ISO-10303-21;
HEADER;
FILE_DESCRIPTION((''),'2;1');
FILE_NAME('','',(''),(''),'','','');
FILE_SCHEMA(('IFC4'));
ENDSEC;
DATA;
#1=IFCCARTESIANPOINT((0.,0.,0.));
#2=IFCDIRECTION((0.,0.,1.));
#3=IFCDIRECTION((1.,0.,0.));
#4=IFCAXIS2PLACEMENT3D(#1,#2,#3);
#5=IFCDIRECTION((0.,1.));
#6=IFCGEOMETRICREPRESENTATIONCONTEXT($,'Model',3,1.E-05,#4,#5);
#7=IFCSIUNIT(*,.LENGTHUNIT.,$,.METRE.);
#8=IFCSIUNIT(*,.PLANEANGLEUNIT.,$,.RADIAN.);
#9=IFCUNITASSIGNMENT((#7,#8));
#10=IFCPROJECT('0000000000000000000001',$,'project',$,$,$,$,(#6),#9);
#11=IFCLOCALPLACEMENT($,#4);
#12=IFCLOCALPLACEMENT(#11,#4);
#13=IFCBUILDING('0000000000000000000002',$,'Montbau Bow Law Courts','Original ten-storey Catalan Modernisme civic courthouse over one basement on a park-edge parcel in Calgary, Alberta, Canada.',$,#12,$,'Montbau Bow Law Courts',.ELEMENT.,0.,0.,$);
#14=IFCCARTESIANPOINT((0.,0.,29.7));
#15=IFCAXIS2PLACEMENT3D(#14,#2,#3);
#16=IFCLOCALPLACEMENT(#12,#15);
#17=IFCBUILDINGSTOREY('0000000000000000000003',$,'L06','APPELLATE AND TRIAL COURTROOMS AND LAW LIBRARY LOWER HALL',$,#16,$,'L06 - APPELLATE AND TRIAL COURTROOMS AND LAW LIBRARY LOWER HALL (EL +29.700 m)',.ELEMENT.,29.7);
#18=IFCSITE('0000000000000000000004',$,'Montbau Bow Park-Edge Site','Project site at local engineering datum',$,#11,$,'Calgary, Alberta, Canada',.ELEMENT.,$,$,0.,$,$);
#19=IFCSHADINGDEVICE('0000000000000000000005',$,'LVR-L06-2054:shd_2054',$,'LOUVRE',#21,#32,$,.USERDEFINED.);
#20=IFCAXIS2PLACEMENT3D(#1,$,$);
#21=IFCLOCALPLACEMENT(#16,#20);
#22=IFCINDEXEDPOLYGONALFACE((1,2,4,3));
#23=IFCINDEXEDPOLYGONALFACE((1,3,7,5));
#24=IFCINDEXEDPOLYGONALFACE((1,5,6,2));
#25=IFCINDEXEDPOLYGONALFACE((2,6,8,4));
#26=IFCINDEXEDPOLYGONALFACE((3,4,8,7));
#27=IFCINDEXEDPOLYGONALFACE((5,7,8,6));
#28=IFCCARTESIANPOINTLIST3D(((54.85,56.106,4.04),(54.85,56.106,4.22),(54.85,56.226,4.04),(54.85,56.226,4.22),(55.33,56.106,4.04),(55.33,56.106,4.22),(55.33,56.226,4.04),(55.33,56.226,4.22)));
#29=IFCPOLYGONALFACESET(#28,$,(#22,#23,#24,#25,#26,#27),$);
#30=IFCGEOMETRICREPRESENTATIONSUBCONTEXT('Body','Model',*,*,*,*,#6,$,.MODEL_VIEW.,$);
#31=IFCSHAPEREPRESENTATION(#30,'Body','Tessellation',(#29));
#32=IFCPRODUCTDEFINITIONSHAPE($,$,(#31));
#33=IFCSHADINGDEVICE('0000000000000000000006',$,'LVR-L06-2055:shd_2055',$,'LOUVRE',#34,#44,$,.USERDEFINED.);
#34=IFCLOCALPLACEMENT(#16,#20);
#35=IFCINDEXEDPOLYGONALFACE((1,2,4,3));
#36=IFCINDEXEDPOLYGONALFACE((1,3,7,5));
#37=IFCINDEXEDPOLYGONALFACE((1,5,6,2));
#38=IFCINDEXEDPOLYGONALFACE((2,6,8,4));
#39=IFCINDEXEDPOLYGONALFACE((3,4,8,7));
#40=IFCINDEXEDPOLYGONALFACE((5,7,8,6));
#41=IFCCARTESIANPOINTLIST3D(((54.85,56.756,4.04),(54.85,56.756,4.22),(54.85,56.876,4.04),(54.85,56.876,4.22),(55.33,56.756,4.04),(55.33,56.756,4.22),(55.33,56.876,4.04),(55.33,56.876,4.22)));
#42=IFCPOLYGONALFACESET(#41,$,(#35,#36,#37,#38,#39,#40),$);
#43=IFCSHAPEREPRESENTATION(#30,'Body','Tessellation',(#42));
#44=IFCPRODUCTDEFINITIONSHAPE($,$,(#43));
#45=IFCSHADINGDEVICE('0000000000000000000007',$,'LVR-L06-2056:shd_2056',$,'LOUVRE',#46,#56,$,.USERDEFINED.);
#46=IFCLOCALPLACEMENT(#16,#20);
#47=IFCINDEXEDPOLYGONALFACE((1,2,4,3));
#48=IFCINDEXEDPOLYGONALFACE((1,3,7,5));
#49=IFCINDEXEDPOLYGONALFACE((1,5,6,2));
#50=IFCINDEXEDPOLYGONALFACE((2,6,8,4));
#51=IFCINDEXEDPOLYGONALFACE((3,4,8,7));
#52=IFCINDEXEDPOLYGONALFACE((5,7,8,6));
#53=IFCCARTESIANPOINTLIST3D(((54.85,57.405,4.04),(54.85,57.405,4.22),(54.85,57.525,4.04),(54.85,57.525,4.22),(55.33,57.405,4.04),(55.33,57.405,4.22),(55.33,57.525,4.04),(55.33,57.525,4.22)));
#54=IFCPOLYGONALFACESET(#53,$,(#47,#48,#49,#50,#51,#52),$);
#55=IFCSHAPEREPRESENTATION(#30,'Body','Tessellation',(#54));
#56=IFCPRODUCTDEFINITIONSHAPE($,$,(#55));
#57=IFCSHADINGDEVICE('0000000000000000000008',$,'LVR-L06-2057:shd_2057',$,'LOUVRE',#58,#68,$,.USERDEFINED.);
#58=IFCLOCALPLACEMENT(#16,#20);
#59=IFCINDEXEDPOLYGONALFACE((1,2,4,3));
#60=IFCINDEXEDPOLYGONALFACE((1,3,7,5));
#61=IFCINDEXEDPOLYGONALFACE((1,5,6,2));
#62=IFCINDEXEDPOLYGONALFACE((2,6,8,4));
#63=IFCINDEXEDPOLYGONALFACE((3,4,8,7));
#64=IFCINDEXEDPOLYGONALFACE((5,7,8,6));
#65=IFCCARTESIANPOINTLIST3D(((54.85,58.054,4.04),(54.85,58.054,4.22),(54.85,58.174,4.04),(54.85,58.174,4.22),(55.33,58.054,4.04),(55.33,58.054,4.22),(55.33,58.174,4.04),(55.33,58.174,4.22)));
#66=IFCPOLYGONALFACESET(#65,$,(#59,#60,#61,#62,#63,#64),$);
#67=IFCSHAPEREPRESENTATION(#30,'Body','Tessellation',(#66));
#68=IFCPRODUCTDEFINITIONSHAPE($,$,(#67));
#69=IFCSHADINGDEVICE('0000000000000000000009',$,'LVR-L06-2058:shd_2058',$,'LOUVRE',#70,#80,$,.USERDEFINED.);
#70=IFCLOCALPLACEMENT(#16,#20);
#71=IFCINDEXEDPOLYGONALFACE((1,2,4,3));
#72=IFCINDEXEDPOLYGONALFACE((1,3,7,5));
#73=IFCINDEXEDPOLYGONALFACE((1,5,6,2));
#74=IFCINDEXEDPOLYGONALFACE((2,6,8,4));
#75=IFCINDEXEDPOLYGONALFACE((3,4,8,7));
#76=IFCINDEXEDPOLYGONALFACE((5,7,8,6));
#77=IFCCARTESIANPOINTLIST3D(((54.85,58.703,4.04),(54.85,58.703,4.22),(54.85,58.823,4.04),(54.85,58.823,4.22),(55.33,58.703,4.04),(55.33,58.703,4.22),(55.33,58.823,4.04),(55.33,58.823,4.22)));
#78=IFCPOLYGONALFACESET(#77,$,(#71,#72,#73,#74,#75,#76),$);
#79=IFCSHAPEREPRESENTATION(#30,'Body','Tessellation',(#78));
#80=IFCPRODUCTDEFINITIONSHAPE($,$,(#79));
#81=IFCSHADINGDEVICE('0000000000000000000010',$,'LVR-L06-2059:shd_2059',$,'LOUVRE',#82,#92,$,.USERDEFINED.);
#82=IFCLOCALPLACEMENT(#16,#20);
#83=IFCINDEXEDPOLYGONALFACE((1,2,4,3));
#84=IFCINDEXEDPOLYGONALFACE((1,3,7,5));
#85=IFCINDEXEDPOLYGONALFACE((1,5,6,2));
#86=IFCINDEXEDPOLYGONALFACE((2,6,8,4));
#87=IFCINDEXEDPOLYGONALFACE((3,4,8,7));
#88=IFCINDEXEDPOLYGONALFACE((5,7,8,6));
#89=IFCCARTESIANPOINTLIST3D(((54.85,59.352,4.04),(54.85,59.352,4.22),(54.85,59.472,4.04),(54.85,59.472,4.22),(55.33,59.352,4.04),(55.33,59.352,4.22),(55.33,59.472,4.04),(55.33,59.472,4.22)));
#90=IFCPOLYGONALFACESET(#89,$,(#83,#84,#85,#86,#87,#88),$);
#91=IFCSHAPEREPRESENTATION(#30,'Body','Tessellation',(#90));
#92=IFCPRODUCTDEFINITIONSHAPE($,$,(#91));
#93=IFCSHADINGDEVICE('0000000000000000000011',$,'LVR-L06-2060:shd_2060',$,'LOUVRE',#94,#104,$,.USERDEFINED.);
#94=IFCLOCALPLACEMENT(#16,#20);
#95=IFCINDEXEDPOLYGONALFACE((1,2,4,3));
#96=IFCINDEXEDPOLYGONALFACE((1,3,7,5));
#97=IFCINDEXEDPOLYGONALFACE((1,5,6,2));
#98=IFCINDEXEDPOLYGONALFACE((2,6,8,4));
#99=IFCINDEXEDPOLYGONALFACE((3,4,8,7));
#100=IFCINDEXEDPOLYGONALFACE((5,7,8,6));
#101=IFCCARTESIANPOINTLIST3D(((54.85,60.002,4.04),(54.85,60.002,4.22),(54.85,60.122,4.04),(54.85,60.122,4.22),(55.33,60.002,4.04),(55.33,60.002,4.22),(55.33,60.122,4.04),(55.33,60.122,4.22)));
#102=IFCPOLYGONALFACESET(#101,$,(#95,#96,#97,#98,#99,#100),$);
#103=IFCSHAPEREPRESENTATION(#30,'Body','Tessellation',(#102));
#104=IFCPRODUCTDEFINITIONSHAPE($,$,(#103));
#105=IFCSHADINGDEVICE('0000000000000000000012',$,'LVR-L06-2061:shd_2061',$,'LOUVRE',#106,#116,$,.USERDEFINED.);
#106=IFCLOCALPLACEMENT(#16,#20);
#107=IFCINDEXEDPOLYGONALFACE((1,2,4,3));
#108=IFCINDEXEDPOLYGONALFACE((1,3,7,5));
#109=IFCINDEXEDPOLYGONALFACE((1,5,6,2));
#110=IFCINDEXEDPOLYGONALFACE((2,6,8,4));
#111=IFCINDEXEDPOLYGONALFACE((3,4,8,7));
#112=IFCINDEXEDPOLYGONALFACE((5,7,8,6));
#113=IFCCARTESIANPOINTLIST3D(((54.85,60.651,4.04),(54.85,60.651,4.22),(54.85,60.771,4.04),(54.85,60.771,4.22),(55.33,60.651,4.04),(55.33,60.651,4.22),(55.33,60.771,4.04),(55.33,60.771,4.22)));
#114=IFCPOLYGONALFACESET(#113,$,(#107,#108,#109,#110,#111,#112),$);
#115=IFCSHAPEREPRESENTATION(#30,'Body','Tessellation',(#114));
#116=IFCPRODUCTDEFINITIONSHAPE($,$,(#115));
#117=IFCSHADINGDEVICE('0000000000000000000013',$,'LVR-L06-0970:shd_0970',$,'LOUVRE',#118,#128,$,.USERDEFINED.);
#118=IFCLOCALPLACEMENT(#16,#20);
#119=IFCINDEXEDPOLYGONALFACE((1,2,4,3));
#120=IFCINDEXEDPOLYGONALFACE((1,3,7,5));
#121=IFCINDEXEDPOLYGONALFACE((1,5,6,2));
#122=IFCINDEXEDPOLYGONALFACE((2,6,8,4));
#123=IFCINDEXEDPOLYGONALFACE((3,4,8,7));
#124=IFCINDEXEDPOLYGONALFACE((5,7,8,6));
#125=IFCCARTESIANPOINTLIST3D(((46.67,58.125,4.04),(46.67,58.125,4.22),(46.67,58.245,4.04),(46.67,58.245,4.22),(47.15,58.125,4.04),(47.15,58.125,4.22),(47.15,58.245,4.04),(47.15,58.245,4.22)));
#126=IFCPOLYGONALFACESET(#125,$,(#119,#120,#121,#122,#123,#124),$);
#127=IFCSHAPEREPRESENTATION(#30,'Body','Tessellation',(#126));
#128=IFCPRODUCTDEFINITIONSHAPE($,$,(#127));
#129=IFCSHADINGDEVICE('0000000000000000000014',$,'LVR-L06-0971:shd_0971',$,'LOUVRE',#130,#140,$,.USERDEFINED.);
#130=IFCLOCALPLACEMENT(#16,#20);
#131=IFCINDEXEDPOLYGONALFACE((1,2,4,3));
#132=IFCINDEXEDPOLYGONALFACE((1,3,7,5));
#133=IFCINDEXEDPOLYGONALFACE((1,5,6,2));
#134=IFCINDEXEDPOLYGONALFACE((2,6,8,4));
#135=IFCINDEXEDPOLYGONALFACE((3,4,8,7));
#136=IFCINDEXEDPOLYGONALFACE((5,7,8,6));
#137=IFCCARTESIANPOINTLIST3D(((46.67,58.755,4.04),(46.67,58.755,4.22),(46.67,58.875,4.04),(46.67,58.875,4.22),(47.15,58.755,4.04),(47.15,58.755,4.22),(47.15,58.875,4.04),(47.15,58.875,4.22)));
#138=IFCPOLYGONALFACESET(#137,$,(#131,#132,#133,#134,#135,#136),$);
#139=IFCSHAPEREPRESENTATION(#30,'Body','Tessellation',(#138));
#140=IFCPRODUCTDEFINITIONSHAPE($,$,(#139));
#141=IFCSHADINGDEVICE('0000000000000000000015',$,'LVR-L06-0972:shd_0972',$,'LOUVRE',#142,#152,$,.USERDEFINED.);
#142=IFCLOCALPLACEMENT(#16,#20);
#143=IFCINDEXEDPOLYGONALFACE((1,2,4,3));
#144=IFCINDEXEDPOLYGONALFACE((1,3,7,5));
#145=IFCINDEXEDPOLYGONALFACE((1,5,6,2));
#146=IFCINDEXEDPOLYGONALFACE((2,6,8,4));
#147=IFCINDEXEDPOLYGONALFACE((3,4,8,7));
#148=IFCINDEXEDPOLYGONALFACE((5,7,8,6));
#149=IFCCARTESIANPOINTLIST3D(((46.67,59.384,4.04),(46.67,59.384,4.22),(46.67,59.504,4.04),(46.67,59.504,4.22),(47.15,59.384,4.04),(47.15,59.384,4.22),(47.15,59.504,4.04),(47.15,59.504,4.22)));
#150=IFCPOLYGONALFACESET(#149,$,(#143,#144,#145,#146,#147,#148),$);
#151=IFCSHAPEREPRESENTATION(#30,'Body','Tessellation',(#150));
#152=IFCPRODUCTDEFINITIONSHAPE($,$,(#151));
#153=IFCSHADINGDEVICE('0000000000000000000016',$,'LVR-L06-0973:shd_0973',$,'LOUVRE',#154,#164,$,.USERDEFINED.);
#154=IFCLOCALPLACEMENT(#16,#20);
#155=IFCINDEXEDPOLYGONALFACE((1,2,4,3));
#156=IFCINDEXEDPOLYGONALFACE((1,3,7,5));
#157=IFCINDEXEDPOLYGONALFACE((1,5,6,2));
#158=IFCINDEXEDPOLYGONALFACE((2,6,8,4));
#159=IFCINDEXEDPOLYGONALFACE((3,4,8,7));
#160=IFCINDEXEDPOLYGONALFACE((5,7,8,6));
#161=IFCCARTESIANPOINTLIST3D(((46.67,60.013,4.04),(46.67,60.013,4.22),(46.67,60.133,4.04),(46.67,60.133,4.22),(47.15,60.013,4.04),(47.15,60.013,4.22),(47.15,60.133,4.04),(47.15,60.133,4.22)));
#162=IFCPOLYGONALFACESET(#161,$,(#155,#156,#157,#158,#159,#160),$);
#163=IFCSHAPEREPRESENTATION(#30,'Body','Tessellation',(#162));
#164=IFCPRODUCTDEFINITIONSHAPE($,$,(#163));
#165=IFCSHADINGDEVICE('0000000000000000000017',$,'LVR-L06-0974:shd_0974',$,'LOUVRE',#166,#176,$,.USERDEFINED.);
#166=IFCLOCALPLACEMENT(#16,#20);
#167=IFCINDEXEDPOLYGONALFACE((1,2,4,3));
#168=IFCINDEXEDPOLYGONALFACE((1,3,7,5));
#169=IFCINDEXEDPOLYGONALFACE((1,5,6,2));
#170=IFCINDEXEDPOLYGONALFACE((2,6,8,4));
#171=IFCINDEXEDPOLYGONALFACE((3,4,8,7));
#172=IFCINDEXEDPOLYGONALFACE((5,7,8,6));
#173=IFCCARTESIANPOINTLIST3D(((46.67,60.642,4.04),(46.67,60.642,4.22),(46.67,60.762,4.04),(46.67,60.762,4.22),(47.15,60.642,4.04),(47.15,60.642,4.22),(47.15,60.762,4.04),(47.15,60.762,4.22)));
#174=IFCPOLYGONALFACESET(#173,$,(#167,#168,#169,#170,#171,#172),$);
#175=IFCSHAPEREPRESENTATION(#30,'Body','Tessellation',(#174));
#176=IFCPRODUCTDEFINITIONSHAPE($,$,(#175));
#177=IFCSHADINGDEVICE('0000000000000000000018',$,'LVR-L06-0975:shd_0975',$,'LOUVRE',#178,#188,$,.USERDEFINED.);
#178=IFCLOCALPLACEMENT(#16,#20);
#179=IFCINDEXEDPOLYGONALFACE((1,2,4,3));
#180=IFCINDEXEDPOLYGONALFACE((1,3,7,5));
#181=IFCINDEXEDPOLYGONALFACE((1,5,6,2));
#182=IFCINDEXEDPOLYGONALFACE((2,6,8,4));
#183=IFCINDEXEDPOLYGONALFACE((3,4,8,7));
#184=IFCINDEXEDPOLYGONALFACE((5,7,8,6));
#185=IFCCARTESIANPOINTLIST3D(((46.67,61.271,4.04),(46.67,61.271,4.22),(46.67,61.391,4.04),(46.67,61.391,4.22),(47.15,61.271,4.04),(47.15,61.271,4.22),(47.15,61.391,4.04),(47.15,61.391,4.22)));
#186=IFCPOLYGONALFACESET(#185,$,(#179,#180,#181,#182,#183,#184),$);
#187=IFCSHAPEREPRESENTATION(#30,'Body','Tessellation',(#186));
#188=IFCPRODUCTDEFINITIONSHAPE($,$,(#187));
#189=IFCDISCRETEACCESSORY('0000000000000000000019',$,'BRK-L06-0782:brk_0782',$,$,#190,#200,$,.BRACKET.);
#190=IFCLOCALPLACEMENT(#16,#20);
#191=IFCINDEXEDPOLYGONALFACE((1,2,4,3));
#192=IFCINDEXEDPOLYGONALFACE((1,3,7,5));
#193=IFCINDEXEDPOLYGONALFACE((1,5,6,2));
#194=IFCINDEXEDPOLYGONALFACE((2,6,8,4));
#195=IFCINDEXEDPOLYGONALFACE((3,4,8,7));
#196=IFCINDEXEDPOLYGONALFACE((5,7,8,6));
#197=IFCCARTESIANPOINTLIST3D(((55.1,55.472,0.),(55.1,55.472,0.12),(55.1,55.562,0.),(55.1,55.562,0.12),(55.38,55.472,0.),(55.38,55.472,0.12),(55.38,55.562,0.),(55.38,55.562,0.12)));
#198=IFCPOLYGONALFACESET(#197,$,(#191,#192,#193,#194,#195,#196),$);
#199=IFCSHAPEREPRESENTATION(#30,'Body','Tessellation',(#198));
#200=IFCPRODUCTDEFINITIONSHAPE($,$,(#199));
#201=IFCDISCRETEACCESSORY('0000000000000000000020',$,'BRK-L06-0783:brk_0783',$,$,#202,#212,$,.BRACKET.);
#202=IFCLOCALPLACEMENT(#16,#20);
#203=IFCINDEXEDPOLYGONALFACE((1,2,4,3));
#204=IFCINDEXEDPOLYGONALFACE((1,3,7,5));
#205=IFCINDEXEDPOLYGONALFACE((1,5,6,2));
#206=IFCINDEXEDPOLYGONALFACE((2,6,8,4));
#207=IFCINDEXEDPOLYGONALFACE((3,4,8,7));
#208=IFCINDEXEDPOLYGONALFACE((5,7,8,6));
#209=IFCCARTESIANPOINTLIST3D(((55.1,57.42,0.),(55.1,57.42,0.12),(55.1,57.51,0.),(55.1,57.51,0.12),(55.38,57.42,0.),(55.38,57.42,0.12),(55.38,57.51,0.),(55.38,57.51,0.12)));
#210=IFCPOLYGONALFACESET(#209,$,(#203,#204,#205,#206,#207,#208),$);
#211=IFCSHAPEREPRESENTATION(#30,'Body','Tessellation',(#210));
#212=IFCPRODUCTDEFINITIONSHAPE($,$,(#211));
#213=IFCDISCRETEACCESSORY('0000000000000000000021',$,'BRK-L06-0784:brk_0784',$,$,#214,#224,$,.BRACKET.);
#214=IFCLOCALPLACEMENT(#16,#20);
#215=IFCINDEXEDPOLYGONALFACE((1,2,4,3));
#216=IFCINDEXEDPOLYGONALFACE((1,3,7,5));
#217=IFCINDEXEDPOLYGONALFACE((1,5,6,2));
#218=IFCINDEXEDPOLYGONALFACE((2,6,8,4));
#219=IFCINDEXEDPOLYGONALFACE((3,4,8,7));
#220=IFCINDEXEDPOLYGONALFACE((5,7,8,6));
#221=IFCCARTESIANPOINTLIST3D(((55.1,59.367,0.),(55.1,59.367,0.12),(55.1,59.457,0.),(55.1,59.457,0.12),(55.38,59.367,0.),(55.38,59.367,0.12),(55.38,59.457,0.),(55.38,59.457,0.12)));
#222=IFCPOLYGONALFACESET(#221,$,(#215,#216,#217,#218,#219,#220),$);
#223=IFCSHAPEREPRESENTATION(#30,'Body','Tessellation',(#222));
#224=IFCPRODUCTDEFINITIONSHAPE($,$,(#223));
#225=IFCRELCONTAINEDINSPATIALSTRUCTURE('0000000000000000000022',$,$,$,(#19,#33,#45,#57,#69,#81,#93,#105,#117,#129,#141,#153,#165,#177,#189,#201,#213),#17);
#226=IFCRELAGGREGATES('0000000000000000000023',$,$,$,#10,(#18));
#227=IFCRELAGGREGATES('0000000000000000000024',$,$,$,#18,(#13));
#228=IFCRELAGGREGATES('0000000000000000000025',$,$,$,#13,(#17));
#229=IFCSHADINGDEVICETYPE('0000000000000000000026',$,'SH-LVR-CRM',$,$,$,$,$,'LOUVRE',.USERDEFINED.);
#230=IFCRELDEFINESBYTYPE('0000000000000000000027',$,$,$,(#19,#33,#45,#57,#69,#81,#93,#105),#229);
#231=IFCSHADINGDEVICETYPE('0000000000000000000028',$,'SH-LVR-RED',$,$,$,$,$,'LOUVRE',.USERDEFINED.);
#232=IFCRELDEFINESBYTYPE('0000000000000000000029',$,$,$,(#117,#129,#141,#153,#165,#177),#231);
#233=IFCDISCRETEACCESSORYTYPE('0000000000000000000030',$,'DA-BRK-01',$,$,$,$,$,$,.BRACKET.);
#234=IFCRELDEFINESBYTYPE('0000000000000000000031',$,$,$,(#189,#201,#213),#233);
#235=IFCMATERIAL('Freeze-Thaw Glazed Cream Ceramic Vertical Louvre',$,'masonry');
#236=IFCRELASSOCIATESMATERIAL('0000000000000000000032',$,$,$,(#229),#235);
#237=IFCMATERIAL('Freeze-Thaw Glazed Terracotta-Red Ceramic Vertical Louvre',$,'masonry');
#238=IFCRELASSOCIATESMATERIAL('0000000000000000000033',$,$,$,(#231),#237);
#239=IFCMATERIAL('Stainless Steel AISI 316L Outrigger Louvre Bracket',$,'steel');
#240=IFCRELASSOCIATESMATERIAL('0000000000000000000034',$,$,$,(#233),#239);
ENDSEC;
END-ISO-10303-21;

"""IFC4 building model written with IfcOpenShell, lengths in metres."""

from ifc_helpers import new_model, si_unit, direction, frame, origin_with_axes, origin_2d_with_axis, place, context, subcontext, project, spatial, rectangle, extrude, material, type_object, element, save


model = new_model("IFC4")

# Units and contexts
model_context = context("Model", 3, precision=1e-05, world=origin_with_axes(), true_north=direction((0.0, 1.0)))
body_context = subcontext(model_context, "Body", "Model", "MODEL_VIEW")
ifc_project = project(units=[si_unit("LENGTHUNIT", "METRE"), si_unit("PLANEANGLEUNIT", "RADIAN")], contexts=[model_context])

# Site, building, storey
site_placement = place(None, origin_with_axes())
site = spatial("IfcSite", under=ifc_project, at=site_placement, Name="Montbau Bow Park-Edge Site", Description="Project site at local engineering datum", LongName="Calgary, Alberta, Canada", CompositionType="ELEMENT", RefElevation=0.0)
building_placement = place(site_placement, origin_with_axes())
building = spatial("IfcBuilding", under=site, at=building_placement, Name="Montbau Bow Law Courts", Description="Original ten-storey Catalan Modernisme civic courthouse over one basement on a park-edge parcel in Calgary, Alberta, Canada.", LongName="Montbau Bow Law Courts", CompositionType="ELEMENT", ElevationOfRefHeight=0.0, ElevationOfTerrain=0.0)
storey_placement = place(building_placement, frame((0.0, 0.0, 29.7), z_axis=(0.0, 0.0, 1.0), x_axis=(1.0, 0.0, 0.0)))
storey = spatial("IfcBuildingStorey", under=building, at=storey_placement, Name="L06", Description="APPELLATE AND TRIAL COURTROOMS AND LAW LIBRARY LOWER HALL", LongName="L06 - APPELLATE AND TRIAL COURTROOMS AND LAW LIBRARY LOWER HALL (EL +29.700 m)", CompositionType="ELEMENT", Elevation=29.7)

# Shading devices
ifc_material_1 = material(Name="Freeze-Thaw Glazed Cream Ceramic Vertical Louvre", Category="masonry")
shading_device_type_1 = type_object("IfcShadingDeviceType", Name="SH-LVR-CRM", ElementType="LOUVRE", PredefinedType="USERDEFINED", material=ifc_material_1)
for number, where, z_axis, x_axis, name in (
    (1, (55.09, 56.166, 33.74), (0.0, 0.0, 1.0), (-1.0, 0.0, 0.0), "LVR-L06-2054:shd_2054"),
    (2, (55.09, 56.816, 33.74), (0.0, 0.0, 1.0), (-1.0, 0.0, 0.0), "LVR-L06-2055:shd_2055"),
    (3, (55.09, 57.465, 33.74), (0.0, 0.0, 1.0), (-1.0, 0.0, 0.0), "LVR-L06-2056:shd_2056"),
    (4, (55.09, 58.114, 33.74), (0.0, 0.0, 1.0), (-1.0, 0.0, 0.0), "LVR-L06-2057:shd_2057"),
    (5, (55.09, 58.763, 33.74), (0.0, 0.0, 1.0), (-1.0, 0.0, 0.0), "LVR-L06-2058:shd_2058"),
    (6, (55.09, 59.412, 33.74), (0.0, 0.0, 1.0), (-1.0, 0.0, 0.0), "LVR-L06-2059:shd_2059"),
    (7, (55.09, 60.062, 33.74), (0.0, 0.0, 1.0), (-1.0, 0.0, 0.0), "LVR-L06-2060:shd_2060"),
    (8, (55.09, 60.711, 33.74), (0.0, 0.0, 1.0), (-1.0, 0.0, 0.0), "LVR-L06-2061:shd_2061"),
):
    element("IfcShadingDevice", number, at=place(None, frame(where, z_axis=z_axis, x_axis=x_axis)), inside=storey, type_object=shading_device_type_1, Name=name, ObjectType="LOUVRE", PredefinedType="USERDEFINED", context=body_context, shape_type="SweptSolid", body=[
        extrude(rectangle(XDim=0.48, YDim=0.12, at=origin_2d_with_axis()), origin_with_axes(), (0.0, 0.0, 1.0), 0.18),
    ])
ifc_material_2 = material(Name="Freeze-Thaw Glazed Terracotta-Red Ceramic Vertical Louvre", Category="masonry")
shading_device_type_2 = type_object("IfcShadingDeviceType", Name="SH-LVR-RED", ElementType="LOUVRE", PredefinedType="USERDEFINED", material=ifc_material_2)
for number, where, z_axis, x_axis, name in (
    (9, (46.91, 58.185, 33.74), (0.0, 0.0, 1.0), (1.0, 0.0, 0.0), "LVR-L06-0970:shd_0970"),
    (10, (46.91, 58.815, 33.74), (0.0, 0.0, 1.0), (1.0, 0.0, 0.0), "LVR-L06-0971:shd_0971"),
    (11, (46.91, 59.444, 33.74), (0.0, 0.0, 1.0), (1.0, 0.0, 0.0), "LVR-L06-0972:shd_0972"),
    (12, (46.91, 60.073, 33.74), (0.0, 0.0, 1.0), (1.0, 0.0, 0.0), "LVR-L06-0973:shd_0973"),
    (13, (46.91, 60.702, 33.74), (0.0, 0.0, 1.0), (1.0, 0.0, 0.0), "LVR-L06-0974:shd_0974"),
    (14, (46.91, 61.331, 33.74), (0.0, 0.0, 1.0), (1.0, 0.0, 0.0), "LVR-L06-0975:shd_0975"),
):
    element("IfcShadingDevice", number, at=place(None, frame(where, z_axis=z_axis, x_axis=x_axis)), inside=storey, type_object=shading_device_type_2, Name=name, ObjectType="LOUVRE", PredefinedType="USERDEFINED", context=body_context, shape_type="SweptSolid", body=[
        extrude(rectangle(XDim=0.48, YDim=0.12, at=origin_2d_with_axis()), origin_with_axes(), (0.0, 0.0, 1.0), 0.18),
    ])

# Discrete accessories
ifc_material_3 = material(Name="Stainless Steel AISI 316L Outrigger Louvre Bracket", Category="steel")
discrete_accessory_type = type_object("IfcDiscreteAccessoryType", Name="DA-BRK-01", PredefinedType="BRACKET", material=ifc_material_3)
for number, where, z_axis, x_axis, name in (
    (15, (55.24, 55.517, 29.7), (0.0, 0.0, 1.0), (-1.0, 0.0, 0.0), "BRK-L06-0782:brk_0782"),
    (16, (55.24, 57.465, 29.7), (0.0, 0.0, 1.0), (-1.0, 0.0, 0.0), "BRK-L06-0783:brk_0783"),
    (17, (55.24, 59.412, 29.7), (0.0, 0.0, 1.0), (-1.0, 0.0, 0.0), "BRK-L06-0784:brk_0784"),
):
    element("IfcDiscreteAccessory", number, at=place(None, frame(where, z_axis=z_axis, x_axis=x_axis)), inside=storey, type_object=discrete_accessory_type, Name=name, PredefinedType="BRACKET", context=body_context, shape_type="SweptSolid", body=[
        extrude(rectangle(XDim=0.28, YDim=0.09, at=origin_2d_with_axis()), origin_with_axes(), (0.0, 0.0, 1.0), 0.12),
    ])

save(model, "model.ifc")
